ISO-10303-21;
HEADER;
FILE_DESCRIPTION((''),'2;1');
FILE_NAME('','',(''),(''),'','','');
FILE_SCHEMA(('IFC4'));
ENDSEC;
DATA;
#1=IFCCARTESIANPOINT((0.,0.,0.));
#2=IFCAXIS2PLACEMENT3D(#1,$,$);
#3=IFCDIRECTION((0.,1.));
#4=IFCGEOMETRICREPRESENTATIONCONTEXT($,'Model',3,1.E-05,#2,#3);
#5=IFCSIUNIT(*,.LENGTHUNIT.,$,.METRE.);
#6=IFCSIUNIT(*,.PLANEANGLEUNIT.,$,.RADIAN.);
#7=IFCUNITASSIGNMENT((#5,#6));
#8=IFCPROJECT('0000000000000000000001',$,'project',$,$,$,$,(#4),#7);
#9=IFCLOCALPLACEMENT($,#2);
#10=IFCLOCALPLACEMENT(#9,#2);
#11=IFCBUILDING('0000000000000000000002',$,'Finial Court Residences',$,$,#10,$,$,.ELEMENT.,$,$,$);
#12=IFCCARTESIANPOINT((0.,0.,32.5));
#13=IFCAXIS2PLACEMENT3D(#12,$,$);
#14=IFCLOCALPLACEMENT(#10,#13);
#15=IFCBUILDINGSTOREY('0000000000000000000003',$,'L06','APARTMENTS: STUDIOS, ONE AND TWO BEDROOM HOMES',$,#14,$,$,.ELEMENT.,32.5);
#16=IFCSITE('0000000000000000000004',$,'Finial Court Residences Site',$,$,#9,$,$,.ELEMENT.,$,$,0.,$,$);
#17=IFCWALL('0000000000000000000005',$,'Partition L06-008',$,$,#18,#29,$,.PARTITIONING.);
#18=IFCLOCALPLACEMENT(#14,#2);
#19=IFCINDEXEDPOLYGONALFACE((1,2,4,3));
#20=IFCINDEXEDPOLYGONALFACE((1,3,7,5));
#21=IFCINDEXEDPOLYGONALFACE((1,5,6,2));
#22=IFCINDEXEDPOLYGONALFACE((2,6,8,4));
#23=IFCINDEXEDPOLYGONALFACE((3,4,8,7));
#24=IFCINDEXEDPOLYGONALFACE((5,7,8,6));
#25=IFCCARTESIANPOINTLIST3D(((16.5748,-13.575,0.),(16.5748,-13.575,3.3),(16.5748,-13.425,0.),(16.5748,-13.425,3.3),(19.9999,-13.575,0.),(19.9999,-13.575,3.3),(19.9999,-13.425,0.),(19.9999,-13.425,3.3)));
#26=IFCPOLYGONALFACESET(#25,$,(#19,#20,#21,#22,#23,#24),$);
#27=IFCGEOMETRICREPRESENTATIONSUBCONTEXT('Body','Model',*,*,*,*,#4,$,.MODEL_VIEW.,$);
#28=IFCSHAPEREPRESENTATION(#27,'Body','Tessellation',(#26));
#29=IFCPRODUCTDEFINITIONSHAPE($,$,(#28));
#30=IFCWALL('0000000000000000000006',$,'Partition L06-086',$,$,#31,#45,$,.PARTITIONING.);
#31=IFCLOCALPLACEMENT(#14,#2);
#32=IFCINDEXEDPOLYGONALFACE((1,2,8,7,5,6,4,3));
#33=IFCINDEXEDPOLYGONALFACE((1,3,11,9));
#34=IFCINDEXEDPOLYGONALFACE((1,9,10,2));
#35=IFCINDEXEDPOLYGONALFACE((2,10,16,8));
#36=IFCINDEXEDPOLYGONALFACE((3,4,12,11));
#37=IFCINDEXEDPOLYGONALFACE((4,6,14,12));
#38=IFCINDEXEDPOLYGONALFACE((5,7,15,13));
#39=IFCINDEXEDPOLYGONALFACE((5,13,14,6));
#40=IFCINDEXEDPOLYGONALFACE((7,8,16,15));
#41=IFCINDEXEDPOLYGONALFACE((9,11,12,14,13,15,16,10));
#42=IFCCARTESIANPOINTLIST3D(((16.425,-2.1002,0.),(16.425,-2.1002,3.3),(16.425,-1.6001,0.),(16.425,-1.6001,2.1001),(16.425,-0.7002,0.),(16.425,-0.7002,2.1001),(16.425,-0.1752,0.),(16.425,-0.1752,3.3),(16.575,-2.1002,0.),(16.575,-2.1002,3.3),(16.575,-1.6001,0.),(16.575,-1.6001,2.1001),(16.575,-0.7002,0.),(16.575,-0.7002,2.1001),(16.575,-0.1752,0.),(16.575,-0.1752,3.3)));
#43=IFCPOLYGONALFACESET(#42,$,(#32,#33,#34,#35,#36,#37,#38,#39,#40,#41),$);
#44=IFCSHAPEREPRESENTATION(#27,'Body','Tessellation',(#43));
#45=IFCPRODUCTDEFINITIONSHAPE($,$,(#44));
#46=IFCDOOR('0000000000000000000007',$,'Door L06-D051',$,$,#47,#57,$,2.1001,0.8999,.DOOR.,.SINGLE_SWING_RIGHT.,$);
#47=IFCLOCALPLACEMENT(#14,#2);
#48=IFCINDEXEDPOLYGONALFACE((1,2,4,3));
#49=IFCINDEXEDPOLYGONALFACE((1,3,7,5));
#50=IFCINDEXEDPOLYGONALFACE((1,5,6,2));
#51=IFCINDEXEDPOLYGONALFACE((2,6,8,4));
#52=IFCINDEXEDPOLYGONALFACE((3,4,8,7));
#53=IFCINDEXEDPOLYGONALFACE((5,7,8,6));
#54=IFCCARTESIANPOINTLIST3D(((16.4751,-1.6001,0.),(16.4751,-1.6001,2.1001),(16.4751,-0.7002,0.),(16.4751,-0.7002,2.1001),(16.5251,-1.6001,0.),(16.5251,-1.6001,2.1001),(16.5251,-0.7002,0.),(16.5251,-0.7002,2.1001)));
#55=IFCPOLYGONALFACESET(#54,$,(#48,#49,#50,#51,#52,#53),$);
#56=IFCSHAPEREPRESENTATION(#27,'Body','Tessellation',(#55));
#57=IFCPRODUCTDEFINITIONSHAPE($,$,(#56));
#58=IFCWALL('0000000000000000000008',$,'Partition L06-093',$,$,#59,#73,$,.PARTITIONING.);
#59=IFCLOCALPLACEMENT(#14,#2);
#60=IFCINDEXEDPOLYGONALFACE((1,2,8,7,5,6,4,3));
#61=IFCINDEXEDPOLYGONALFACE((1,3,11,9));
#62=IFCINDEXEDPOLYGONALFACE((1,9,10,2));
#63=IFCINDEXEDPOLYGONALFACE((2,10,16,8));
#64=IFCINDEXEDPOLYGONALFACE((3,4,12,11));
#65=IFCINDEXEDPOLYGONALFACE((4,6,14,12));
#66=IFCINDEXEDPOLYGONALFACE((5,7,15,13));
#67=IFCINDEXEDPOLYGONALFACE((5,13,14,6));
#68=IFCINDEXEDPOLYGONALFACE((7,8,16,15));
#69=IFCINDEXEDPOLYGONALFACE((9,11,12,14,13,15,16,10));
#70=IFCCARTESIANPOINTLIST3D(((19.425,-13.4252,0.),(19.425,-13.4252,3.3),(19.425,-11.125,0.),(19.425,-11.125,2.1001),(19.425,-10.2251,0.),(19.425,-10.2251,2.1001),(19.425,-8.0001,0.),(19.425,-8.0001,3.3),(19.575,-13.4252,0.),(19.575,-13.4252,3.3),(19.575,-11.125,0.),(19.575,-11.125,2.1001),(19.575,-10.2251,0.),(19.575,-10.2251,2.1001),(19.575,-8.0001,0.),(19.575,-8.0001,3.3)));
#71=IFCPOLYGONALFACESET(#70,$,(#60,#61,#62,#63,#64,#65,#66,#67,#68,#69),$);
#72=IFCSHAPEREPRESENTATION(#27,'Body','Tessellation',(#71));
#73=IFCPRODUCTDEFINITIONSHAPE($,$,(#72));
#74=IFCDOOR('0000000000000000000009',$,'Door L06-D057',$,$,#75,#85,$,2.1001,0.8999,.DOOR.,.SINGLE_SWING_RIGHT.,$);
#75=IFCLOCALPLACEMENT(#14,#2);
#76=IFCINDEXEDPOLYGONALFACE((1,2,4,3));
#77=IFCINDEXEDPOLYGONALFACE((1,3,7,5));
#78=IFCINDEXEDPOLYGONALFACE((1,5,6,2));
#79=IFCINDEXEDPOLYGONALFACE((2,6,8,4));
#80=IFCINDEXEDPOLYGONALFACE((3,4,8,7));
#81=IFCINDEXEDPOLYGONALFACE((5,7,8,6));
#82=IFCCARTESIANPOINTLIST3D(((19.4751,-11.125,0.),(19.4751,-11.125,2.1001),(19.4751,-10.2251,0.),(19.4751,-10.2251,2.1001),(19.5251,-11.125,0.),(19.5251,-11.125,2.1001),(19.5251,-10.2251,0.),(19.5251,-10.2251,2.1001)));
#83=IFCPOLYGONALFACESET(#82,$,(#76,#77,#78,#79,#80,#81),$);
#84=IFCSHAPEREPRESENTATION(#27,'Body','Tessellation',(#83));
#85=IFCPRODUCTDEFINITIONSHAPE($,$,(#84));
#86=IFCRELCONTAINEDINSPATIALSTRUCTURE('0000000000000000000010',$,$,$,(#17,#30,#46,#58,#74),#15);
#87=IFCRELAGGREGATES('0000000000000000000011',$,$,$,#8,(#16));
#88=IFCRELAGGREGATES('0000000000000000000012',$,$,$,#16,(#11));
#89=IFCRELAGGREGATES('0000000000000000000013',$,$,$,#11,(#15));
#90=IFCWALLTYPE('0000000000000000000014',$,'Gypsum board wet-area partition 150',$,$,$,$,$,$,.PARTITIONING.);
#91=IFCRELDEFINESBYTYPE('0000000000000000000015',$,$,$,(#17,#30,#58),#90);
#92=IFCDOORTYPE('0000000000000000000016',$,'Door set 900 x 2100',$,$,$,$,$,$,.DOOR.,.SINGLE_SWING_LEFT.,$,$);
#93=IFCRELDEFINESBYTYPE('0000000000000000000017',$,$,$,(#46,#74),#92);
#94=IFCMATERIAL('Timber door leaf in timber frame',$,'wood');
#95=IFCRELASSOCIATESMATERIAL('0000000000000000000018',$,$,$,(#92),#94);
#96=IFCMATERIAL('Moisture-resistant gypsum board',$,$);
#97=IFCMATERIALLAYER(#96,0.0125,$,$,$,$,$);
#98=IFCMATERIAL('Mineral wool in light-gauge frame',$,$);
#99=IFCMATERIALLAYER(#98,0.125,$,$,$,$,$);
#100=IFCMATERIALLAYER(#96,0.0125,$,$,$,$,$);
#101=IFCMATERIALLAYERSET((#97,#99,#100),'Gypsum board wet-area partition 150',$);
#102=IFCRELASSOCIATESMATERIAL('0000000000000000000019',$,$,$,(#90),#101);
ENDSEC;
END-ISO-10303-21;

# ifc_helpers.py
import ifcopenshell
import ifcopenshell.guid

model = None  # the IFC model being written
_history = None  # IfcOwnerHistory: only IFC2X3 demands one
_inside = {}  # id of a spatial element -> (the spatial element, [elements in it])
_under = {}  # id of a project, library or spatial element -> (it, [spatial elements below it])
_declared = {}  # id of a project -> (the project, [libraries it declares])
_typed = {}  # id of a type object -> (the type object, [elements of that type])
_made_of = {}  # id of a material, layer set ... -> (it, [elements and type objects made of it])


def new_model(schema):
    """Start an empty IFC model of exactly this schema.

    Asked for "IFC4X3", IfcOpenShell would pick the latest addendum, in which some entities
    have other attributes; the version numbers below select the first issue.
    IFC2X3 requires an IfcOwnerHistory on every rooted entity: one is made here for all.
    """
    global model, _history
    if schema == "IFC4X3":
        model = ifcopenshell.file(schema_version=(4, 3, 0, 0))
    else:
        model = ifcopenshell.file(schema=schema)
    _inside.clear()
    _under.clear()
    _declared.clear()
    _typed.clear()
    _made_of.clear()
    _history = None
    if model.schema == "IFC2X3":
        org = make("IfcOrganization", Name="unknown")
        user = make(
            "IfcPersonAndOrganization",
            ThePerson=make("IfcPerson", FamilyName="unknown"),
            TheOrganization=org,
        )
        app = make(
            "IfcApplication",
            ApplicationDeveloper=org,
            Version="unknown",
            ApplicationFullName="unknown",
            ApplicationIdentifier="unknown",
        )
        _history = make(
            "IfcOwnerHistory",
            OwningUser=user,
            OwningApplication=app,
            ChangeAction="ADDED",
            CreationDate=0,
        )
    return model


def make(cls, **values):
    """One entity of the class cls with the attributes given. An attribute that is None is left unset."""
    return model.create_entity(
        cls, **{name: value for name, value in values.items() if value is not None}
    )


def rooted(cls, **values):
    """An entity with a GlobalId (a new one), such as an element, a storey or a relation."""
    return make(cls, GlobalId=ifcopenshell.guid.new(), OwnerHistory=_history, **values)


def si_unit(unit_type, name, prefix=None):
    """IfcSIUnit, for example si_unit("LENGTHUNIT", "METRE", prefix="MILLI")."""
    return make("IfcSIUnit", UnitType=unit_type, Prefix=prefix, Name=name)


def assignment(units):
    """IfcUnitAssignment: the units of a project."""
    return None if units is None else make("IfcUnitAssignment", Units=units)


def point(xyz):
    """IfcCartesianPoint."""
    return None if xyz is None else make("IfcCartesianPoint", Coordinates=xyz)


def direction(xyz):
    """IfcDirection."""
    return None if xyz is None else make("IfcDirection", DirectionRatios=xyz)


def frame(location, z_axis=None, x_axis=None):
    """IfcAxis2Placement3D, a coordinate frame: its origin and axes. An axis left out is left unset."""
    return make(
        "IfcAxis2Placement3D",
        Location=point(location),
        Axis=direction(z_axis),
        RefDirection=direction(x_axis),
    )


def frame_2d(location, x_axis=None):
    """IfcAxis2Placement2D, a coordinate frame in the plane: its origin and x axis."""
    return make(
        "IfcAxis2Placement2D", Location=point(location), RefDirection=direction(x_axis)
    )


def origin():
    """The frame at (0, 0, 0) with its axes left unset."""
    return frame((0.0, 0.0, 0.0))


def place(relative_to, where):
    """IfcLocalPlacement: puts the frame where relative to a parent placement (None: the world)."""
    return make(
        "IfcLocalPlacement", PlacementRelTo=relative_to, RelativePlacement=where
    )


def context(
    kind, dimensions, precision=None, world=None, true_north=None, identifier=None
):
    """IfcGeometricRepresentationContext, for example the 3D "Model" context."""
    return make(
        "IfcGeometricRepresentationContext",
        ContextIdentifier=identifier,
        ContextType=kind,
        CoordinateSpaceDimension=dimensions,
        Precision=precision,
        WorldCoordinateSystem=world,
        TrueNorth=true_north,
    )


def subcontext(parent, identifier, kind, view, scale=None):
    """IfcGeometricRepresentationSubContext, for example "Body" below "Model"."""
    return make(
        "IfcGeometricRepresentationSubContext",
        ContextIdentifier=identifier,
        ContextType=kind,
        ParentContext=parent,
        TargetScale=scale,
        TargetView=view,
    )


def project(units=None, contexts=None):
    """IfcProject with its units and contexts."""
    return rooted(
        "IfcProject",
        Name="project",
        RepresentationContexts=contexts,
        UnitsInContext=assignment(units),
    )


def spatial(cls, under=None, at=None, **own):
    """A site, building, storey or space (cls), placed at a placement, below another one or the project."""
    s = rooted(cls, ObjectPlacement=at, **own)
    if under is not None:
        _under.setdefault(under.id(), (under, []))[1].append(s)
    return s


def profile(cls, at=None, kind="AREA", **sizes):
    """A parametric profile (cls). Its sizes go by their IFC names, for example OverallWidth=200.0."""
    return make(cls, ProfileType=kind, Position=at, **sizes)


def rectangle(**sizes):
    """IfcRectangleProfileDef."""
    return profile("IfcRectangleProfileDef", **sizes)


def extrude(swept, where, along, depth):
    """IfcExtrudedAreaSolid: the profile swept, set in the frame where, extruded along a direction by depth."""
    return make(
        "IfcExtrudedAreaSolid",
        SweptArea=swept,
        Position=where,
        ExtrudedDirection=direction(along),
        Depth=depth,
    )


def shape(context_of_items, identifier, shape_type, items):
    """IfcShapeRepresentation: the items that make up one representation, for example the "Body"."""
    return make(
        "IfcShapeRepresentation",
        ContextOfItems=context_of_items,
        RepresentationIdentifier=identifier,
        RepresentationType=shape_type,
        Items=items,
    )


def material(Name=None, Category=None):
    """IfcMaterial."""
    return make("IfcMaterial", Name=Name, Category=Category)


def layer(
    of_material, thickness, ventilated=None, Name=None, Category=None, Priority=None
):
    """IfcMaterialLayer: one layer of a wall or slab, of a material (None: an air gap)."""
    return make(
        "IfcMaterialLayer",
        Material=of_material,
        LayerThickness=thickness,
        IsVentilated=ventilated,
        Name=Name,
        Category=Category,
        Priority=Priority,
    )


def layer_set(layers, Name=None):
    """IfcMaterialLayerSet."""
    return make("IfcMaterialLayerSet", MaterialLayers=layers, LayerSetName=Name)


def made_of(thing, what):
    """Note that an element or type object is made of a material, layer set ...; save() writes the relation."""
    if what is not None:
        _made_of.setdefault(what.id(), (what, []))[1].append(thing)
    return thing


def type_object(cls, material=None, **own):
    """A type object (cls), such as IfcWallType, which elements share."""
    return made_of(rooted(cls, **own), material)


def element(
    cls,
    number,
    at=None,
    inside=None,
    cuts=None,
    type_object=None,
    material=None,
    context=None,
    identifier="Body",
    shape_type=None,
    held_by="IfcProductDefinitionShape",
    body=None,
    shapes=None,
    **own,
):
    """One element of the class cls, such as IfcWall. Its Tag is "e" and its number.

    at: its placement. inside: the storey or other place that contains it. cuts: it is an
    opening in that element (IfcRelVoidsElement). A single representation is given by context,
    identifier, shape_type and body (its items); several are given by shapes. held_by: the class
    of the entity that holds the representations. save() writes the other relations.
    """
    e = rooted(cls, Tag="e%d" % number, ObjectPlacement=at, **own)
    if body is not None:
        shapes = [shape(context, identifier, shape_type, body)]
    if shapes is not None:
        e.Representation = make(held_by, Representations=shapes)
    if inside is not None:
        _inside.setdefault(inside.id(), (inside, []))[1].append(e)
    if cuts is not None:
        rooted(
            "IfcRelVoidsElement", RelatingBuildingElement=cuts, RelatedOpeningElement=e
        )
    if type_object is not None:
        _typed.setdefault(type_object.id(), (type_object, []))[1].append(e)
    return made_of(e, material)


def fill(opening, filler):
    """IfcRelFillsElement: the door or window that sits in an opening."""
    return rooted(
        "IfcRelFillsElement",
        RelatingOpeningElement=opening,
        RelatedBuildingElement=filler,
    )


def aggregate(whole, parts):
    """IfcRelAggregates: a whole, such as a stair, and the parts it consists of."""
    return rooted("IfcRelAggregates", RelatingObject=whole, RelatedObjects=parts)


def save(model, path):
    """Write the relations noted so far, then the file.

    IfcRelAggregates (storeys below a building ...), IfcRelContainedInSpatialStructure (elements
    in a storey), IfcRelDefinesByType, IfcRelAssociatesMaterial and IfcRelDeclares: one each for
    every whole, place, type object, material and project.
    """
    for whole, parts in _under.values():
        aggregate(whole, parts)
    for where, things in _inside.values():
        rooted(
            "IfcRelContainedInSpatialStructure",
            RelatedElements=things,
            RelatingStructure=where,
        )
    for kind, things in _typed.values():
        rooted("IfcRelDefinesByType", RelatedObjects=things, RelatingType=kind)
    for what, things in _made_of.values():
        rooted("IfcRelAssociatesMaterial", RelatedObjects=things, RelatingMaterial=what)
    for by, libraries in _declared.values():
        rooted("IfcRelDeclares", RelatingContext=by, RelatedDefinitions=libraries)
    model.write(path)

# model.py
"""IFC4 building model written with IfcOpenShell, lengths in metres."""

from ifc_helpers import new_model, si_unit, direction, frame, frame_2d, origin, place, context, subcontext, project, spatial, rectangle, extrude, material, layer, layer_set, type_object, element, fill, save


model = new_model("IFC4")

# Units and contexts
model_context = context("Model", 3, precision=1e-05, world=origin(), true_north=direction((0.0, 1.0)))
body_context = subcontext(model_context, "Body", "Model", "MODEL_VIEW")
ifc_project = project(units=[si_unit("LENGTHUNIT", "METRE"), si_unit("PLANEANGLEUNIT", "RADIAN")], contexts=[model_context])

# Site, building, storey
site_placement = place(None, origin())
site = spatial("IfcSite", under=ifc_project, at=site_placement, Name="Finial Court Residences Site", CompositionType="ELEMENT", RefElevation=0.0)
building_placement = place(site_placement, origin())
building = spatial("IfcBuilding", under=site, at=building_placement, Name="Finial Court Residences", CompositionType="ELEMENT")
storey_placement = place(building_placement, frame((0.0, 0.0, 32.5)))
storey = spatial("IfcBuildingStorey", under=building, at=storey_placement, Name="L06", Description="APARTMENTS: STUDIOS, ONE AND TWO BEDROOM HOMES", CompositionType="ELEMENT", Elevation=32.5)

# Shared definitions
ifc_material_1 = material(Name="Mineral wool in light-gauge frame")
ifc_material_2 = material(Name="Timber door leaf in timber frame", Category="wood")
door_type = type_object("IfcDoorType", Name="Door set 900 x 2100", OperationType="SINGLE_SWING_LEFT", PredefinedType="DOOR", material=ifc_material_2)

# Wall
ifc_material_3 = material(Name="Moisture-resistant gypsum board")
ifc_layer_1 = layer(ifc_material_3, 0.0125)
ifc_layer_2 = layer(ifc_material_1, 0.125)
ifc_layer_3 = layer(ifc_material_3, 0.0125)
ifc_layer_set_1 = layer_set([ifc_layer_1, ifc_layer_2, ifc_layer_3], Name="Gypsum board wet-area partition 150")
wall_type_1 = type_object("IfcWallType", Name="Gypsum board wet-area partition 150", PredefinedType="PARTITIONING", material=ifc_layer_set_1)
wall_1_placement = place(storey_placement, frame((16.575, -13.5, 0.0), z_axis=(0.0, 0.0, 1.0), x_axis=(1.0, 0.0, 0.0)))
element("IfcWall", 1, at=wall_1_placement, inside=storey, type_object=wall_type_1, Name="Partition L06-008", PredefinedType="PARTITIONING", context=body_context, shape_type="SweptSolid", body=[
    extrude(rectangle(XDim=3.425, YDim=0.1499, at=frame_2d((1.7124, 0.0))), origin(), (0.0, 0.0, 1.0), 3.3),
])

# Walls, openings, doors
wall_2_placement = place(storey_placement, frame((16.5, -2.1001, 0.0), z_axis=(0.0, 0.0, 1.0), x_axis=(0.0, 1.0, 0.0)))
wall_2 = element("IfcWall", 2, at=wall_2_placement, inside=storey, type_object=wall_type_1, Name="Partition L06-086", PredefinedType="PARTITIONING", context=body_context, shape_type="SweptSolid", body=[
    extrude(rectangle(XDim=1.925, YDim=0.1499, at=frame_2d((0.9624, 0.0))), origin(), (0.0, 0.0, 1.0), 3.3),
])
opening_1_placement = place(wall_2_placement, frame((0.5, 0.0, 0.0)))
opening_1 = element("IfcOpeningElement", 3, at=opening_1_placement, cuts=wall_2, PredefinedType="OPENING", context=body_context, shape_type="SweptSolid", body=[
    extrude(rectangle(XDim=0.8999, YDim=2.1001, at=frame_2d((0.45, 1.05))), frame((0.0, 0.085, 0.0), z_axis=(0.0, -1.0, 0.0), x_axis=(1.0, 0.0, 0.0)), (0.0, 0.0, 1.0), 0.1699),
])
door_1_placement = place(opening_1_placement, origin())
door_1 = element("IfcDoor", 4, at=door_1_placement, inside=storey, type_object=door_type, Name="Door L06-D051", OperationType="SINGLE_SWING_RIGHT", OverallHeight=2.1001, OverallWidth=0.8999, PredefinedType="DOOR", context=body_context, shape_type="SweptSolid", body=[
    extrude(rectangle(XDim=0.8999, YDim=2.1001, at=frame_2d((0.45, 1.05))), frame((0.0, 0.0249, 0.0), z_axis=(0.0, -1.0, 0.0), x_axis=(1.0, 0.0, 0.0)), (0.0, 0.0, 1.0), 0.05),
])
fill(opening_1, door_1)
wall_3_placement = place(storey_placement, frame((19.5, -13.425, 0.0), z_axis=(0.0, 0.0, 1.0), x_axis=(0.0, 1.0, 0.0)))
wall_3 = element("IfcWall", 5, at=wall_3_placement, inside=storey, type_object=wall_type_1, Name="Partition L06-093", PredefinedType="PARTITIONING", context=body_context, shape_type="SweptSolid", body=[
    extrude(rectangle(XDim=5.425, YDim=0.1499, at=frame_2d((2.7124, 0.0))), origin(), (0.0, 0.0, 1.0), 3.3),
])
opening_2_placement = place(wall_3_placement, frame((2.3, 0.0, 0.0)))
opening_2 = element("IfcOpeningElement", 6, at=opening_2_placement, cuts=wall_3, PredefinedType="OPENING", context=body_context, shape_type="SweptSolid", body=[
    extrude(rectangle(XDim=0.8999, YDim=2.1001, at=frame_2d((0.45, 1.05))), frame((0.0, 0.085, 0.0), z_axis=(0.0, -1.0, 0.0), x_axis=(1.0, 0.0, 0.0)), (0.0, 0.0, 1.0), 0.1699),
])
door_2_placement = place(opening_2_placement, origin())
door_2 = element("IfcDoor", 7, at=door_2_placement, inside=storey, type_object=door_type, Name="Door L06-D057", OperationType="SINGLE_SWING_RIGHT", OverallHeight=2.1001, OverallWidth=0.8999, PredefinedType="DOOR", context=body_context, shape_type="SweptSolid", body=[
    extrude(rectangle(XDim=0.8999, YDim=2.1001, at=frame_2d((0.45, 1.05))), frame((0.0, 0.0249, 0.0), z_axis=(0.0, -1.0, 0.0), x_axis=(1.0, 0.0, 0.0)), (0.0, 0.0, 1.0), 0.05),
])
fill(opening_2, door_2)

save(model, "model.ifc")
